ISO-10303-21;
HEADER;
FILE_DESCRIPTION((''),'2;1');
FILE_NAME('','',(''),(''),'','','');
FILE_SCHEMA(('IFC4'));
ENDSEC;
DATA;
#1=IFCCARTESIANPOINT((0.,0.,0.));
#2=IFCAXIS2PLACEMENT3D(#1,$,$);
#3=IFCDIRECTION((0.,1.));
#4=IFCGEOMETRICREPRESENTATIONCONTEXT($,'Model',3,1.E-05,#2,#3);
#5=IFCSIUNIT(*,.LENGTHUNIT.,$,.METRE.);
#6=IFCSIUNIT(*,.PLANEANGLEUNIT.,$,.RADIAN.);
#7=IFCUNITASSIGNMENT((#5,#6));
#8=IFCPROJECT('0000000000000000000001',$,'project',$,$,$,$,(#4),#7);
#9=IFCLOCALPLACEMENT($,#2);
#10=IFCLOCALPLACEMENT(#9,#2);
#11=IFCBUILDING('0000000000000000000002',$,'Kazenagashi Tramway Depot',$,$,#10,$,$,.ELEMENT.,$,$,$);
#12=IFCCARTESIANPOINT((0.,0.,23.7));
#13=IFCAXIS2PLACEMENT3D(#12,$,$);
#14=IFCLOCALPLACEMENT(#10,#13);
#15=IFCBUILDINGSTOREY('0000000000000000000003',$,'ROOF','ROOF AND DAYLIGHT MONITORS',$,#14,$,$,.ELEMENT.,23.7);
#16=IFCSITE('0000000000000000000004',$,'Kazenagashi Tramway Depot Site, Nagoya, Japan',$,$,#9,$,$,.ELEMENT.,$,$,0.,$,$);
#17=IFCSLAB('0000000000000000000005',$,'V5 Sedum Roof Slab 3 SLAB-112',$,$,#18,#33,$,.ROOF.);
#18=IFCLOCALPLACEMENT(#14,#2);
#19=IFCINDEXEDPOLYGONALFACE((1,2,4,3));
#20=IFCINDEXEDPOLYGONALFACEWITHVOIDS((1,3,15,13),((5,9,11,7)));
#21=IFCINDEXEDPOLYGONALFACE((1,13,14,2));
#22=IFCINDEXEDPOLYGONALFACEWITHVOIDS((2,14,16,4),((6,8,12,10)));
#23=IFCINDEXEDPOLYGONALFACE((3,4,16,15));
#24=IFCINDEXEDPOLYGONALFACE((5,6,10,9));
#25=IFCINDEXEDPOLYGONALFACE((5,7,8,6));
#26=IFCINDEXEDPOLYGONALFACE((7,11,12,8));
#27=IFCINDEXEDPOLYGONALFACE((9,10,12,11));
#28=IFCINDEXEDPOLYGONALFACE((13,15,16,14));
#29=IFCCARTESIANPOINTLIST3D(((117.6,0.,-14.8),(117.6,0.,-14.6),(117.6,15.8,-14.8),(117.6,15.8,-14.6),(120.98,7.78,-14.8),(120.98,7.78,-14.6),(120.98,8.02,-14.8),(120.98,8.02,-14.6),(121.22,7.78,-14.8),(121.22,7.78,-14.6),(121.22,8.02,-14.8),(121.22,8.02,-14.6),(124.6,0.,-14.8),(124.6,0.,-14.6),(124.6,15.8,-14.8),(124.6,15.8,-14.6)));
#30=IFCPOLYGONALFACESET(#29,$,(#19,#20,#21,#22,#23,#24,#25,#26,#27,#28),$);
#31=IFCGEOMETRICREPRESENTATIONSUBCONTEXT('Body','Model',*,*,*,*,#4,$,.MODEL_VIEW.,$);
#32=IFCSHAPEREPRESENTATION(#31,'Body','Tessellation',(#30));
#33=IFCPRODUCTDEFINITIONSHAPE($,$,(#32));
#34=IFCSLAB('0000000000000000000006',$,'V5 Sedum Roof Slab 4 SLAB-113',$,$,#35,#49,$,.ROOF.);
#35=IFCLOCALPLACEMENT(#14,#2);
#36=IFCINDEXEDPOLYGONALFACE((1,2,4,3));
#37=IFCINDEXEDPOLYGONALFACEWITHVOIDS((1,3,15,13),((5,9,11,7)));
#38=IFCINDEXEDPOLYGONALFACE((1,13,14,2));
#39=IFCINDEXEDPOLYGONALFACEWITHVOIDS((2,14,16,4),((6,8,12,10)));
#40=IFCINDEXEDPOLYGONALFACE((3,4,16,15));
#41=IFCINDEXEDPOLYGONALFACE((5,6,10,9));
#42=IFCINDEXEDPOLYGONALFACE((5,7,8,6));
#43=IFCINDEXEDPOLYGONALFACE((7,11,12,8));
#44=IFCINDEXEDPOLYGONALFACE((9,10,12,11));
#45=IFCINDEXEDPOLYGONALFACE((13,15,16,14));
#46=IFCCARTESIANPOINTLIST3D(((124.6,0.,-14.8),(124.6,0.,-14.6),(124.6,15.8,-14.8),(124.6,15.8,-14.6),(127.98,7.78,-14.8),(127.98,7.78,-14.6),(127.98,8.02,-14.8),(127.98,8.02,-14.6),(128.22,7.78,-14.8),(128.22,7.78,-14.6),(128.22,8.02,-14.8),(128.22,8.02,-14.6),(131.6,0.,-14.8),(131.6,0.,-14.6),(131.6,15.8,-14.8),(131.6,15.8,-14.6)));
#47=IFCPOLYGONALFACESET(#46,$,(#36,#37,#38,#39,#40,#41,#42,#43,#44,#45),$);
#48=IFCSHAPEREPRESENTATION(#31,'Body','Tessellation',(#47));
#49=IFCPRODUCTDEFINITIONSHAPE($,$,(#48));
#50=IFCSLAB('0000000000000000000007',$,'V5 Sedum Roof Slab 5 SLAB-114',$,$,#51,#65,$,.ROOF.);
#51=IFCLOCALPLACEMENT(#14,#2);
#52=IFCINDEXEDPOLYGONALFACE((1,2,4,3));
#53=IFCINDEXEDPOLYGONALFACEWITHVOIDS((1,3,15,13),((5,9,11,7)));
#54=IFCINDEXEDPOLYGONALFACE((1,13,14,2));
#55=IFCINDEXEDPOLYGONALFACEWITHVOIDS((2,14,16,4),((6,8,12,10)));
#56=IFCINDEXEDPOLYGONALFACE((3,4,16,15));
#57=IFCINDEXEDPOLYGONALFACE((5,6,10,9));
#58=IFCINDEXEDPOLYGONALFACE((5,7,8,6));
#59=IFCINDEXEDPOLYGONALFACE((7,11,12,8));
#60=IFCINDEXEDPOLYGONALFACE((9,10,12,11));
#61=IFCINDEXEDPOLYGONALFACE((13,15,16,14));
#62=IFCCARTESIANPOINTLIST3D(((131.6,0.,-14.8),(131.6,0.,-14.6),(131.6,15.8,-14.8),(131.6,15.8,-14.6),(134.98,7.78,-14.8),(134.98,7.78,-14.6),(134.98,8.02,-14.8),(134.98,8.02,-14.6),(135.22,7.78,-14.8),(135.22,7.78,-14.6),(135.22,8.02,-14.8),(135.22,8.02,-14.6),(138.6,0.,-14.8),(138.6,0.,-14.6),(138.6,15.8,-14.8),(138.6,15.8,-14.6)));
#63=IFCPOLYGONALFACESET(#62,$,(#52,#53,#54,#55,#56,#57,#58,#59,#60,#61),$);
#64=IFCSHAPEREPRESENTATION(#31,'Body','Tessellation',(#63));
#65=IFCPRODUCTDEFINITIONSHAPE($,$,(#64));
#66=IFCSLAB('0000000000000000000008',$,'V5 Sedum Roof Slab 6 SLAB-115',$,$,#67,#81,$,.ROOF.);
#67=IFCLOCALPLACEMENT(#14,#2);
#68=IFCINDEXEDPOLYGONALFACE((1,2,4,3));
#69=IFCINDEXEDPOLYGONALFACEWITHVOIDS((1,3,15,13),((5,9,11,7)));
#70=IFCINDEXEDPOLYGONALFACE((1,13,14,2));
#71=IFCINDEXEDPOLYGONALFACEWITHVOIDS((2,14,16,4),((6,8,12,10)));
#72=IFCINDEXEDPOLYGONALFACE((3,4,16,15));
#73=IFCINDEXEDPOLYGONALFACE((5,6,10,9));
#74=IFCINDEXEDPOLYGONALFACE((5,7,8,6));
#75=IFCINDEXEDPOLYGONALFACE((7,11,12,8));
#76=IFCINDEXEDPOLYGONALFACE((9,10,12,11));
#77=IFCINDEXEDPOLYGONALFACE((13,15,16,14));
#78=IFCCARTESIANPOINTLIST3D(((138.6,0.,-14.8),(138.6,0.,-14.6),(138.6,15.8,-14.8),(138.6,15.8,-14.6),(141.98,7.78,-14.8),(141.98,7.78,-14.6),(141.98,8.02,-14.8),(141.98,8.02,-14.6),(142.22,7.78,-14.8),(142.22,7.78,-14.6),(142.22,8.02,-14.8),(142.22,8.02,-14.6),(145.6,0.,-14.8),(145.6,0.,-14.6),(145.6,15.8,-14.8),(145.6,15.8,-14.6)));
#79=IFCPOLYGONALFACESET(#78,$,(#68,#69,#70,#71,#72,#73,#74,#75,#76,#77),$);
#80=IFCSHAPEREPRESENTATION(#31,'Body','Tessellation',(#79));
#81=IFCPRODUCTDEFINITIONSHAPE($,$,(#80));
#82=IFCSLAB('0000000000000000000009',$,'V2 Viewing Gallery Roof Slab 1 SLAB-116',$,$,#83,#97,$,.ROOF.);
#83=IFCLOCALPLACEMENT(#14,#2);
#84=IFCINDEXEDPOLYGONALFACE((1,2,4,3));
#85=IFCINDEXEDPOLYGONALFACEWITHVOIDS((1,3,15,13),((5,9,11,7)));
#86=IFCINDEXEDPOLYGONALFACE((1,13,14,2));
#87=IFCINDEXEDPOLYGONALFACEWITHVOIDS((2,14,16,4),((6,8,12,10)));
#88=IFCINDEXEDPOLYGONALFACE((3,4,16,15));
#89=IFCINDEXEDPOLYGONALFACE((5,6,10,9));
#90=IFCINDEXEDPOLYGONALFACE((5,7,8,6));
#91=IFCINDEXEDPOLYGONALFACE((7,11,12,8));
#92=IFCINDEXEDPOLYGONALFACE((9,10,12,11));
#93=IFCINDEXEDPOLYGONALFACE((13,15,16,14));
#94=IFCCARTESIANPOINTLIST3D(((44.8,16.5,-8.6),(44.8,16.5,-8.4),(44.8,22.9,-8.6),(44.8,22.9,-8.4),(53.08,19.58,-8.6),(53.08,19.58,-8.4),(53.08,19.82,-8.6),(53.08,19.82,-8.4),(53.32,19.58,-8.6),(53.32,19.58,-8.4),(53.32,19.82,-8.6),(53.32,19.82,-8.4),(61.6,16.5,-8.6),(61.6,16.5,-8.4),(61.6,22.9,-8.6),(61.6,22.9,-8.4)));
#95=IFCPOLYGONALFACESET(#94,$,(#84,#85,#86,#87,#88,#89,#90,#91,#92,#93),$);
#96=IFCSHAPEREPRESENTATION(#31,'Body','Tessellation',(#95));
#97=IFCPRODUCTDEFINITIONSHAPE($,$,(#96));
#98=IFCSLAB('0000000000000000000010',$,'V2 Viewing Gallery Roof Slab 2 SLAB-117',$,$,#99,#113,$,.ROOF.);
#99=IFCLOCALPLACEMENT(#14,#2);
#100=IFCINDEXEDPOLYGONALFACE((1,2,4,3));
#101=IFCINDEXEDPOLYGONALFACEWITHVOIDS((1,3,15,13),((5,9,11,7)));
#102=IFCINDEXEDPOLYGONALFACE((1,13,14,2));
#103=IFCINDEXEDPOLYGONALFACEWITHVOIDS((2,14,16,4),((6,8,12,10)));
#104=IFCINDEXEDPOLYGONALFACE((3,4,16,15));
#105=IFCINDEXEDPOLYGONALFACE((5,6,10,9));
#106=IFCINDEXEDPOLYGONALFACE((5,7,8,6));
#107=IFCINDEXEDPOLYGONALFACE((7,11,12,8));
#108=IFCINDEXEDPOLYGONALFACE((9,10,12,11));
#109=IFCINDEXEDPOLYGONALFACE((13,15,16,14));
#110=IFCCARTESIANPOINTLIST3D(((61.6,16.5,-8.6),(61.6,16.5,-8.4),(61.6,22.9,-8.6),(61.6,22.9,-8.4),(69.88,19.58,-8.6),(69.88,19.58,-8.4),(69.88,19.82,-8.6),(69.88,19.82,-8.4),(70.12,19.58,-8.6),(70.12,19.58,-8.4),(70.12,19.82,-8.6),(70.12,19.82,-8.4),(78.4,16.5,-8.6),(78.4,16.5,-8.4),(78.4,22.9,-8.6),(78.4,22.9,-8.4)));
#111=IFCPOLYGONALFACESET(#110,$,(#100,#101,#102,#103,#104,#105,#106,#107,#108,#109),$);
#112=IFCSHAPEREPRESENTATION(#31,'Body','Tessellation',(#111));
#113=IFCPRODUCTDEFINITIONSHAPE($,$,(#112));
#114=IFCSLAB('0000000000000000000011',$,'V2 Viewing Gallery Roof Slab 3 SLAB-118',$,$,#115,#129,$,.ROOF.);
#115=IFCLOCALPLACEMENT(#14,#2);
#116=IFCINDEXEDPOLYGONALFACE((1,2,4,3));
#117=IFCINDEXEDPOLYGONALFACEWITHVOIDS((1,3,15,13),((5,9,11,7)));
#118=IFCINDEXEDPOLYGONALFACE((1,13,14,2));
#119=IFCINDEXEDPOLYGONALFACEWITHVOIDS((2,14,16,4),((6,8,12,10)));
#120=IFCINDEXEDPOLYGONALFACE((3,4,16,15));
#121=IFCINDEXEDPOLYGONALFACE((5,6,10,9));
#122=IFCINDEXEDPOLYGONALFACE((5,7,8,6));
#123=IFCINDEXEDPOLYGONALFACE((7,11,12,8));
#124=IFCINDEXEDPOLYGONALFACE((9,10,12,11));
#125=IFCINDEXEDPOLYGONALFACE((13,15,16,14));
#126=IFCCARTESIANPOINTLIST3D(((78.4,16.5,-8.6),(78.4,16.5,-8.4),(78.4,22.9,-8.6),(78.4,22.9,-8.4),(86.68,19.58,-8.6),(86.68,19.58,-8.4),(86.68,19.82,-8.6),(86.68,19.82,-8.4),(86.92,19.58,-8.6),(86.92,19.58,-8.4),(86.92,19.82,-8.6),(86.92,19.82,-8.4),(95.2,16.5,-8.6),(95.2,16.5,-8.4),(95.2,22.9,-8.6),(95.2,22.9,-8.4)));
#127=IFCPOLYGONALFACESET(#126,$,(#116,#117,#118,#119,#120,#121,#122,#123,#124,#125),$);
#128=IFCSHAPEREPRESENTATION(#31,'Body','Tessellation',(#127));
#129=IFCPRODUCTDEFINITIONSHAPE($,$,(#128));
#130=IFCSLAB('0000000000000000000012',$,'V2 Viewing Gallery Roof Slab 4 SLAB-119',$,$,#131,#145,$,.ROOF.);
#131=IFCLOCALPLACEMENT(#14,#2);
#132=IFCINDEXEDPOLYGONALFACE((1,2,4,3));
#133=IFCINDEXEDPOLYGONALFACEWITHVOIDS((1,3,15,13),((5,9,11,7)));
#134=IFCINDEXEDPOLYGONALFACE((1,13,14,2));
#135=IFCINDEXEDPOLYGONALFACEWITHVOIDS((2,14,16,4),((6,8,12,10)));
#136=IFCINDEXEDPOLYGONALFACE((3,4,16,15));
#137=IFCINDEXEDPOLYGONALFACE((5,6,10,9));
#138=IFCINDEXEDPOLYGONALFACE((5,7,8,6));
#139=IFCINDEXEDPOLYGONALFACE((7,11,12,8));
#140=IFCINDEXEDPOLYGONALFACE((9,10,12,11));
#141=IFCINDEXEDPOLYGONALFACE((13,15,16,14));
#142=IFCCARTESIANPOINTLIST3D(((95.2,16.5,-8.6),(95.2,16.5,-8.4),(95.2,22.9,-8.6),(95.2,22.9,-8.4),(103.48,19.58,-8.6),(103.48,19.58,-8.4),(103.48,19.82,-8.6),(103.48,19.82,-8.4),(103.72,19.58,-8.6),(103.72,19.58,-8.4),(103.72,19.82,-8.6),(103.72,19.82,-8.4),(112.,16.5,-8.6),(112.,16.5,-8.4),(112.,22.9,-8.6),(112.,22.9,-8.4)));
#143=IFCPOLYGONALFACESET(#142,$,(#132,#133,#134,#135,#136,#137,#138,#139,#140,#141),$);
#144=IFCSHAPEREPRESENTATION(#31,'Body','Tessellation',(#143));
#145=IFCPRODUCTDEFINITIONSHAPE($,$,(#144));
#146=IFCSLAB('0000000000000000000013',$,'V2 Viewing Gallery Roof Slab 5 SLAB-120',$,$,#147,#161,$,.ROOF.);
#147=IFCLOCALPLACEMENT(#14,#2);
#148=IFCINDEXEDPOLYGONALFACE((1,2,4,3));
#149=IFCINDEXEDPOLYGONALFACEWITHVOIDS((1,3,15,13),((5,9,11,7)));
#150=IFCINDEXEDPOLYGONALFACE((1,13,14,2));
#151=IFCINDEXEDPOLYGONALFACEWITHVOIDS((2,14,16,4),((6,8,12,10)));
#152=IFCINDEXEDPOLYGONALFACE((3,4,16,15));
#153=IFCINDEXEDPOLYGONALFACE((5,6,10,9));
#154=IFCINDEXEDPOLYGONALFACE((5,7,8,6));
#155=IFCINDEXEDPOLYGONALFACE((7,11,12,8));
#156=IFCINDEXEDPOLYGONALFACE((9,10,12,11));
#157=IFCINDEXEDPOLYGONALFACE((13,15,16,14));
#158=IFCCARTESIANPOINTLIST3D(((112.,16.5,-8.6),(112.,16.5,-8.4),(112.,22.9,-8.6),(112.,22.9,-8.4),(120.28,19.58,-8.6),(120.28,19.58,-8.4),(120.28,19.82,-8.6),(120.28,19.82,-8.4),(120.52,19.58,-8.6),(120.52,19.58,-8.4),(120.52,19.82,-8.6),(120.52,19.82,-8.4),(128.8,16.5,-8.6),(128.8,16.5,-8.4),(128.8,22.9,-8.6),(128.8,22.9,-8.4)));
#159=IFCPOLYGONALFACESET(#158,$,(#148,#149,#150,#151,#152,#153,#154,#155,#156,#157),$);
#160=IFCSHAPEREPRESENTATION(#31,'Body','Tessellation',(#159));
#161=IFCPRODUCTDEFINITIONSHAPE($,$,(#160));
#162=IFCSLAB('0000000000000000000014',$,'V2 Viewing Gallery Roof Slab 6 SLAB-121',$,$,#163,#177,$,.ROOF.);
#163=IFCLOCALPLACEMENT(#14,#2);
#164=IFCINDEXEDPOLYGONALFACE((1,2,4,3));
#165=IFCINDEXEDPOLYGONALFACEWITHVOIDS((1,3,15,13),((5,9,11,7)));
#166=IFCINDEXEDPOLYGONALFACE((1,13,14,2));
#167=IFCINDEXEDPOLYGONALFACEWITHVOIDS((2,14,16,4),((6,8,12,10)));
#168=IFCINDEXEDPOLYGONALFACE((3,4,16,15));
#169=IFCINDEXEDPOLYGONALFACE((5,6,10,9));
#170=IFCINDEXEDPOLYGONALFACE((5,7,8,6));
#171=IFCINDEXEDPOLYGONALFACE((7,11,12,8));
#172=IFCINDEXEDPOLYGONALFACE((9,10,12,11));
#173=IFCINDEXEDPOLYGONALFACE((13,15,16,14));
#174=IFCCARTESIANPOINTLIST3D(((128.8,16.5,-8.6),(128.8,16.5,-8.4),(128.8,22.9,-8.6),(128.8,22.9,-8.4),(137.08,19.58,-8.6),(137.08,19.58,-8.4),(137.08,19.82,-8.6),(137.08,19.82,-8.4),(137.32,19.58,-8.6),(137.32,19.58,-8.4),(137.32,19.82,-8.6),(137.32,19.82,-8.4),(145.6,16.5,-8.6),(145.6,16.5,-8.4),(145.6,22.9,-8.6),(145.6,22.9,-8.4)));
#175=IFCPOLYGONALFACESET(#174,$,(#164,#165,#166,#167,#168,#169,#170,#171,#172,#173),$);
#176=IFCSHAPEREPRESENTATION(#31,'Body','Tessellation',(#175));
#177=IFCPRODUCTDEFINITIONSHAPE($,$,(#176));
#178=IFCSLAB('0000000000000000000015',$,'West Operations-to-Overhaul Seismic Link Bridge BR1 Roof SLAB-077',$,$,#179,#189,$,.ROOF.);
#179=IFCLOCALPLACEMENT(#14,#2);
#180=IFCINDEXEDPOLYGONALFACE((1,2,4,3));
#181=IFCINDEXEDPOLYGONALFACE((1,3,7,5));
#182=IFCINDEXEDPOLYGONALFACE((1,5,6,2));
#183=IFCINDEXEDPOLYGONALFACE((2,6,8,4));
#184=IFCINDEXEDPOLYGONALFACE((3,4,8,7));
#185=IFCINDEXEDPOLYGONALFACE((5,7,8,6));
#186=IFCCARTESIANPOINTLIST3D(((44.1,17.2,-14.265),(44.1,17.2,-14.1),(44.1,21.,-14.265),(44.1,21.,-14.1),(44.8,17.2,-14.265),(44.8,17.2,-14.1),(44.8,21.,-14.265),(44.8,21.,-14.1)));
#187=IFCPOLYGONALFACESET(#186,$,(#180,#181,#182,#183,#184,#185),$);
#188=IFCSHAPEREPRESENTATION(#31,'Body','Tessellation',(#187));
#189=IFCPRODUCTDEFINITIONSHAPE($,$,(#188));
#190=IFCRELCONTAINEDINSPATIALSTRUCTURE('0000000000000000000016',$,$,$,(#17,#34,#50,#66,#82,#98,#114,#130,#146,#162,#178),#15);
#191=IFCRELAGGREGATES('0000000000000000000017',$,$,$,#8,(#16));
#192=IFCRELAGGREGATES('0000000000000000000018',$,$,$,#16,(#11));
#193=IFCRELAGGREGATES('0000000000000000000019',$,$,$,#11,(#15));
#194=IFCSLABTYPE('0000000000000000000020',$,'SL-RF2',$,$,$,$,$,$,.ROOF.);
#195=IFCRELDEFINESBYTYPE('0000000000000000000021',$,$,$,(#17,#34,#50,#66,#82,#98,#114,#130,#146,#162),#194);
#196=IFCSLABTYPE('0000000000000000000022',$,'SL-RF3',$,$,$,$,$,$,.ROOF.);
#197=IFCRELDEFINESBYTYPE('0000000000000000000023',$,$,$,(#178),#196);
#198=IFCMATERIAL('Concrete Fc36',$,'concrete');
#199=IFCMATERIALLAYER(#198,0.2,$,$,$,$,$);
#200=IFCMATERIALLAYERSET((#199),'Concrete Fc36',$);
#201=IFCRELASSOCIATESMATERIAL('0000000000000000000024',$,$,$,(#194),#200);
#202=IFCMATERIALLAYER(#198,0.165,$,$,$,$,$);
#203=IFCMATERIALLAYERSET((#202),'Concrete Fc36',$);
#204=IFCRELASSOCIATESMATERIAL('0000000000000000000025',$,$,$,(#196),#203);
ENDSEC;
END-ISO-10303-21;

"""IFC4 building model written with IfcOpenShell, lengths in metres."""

from ifc_helpers import new_model, si_unit, direction, frame, origin, place, context, subcontext, project, spatial, polyline, outline, extrude, material, layer, layer_set, type_object, element, save


model = new_model("IFC4")

# Units and contexts
model_context = context("Model", 3, precision=1e-05, world=origin(), true_north=direction((0.0, 1.0)))
body_context = subcontext(model_context, "Body", "Model", "MODEL_VIEW")
ifc_project = project(units=[si_unit("LENGTHUNIT", "METRE"), si_unit("PLANEANGLEUNIT", "RADIAN")], contexts=[model_context])

# Site, building, storey
site_placement = place(None, origin())
site = spatial("IfcSite", under=ifc_project, at=site_placement, Name="Kazenagashi Tramway Depot Site, Nagoya, Japan", CompositionType="ELEMENT", RefElevation=0.0)
building_placement = place(site_placement, origin())
building = spatial("IfcBuilding", under=site, at=building_placement, Name="Kazenagashi Tramway Depot", CompositionType="ELEMENT")
storey_placement = place(building_placement, frame((0.0, 0.0, 23.7)))
storey = spatial("IfcBuildingStorey", under=building, at=storey_placement, Name="ROOF", Description="ROOF AND DAYLIGHT MONITORS", CompositionType="ELEMENT", Elevation=23.7)

# Slabs
ifc_material_1 = material(Name="Concrete Fc36", Category="concrete")
ifc_layer_1 = layer(ifc_material_1, 0.2)
ifc_layer_set_1 = layer_set([ifc_layer_1], Name="Concrete Fc36")
slab_type_1 = type_object("IfcSlabType", Name="SL-RF2", PredefinedType="ROOF", material=ifc_layer_set_1)
slab_1_placement = place(storey_placement, frame((0.0, 0.0, -14.8)))
element("IfcSlab", 1, at=slab_1_placement, inside=storey, type_object=slab_type_1, Name="V5 Sedum Roof Slab 3 SLAB-112", PredefinedType="ROOF", context=body_context, shape_type="SweptSolid", body=[
    extrude(outline(polyline([(117.6, 0.0), (124.6, 0.0), (124.6, 15.8), (117.6, 15.8), (117.6, 0.0)]), holes=[polyline([(120.98, 7.78), (121.22, 7.78), (121.22, 8.02), (120.98, 8.02), (120.98, 7.78)])]), origin(), (0.0, 0.0, 1.0), 0.2),
])
slab_2_placement = place(storey_placement, frame((0.0, 0.0, -14.8)))
element("IfcSlab", 2, at=slab_2_placement, inside=storey, type_object=slab_type_1, Name="V5 Sedum Roof Slab 4 SLAB-113", PredefinedType="ROOF", context=body_context, shape_type="SweptSolid", body=[
    extrude(outline(polyline([(124.6, 0.0), (131.6, 0.0), (131.6, 15.8), (124.6, 15.8), (124.6, 0.0)]), holes=[polyline([(127.98, 7.78), (128.22, 7.78), (128.22, 8.02), (127.98, 8.02), (127.98, 7.78)])]), origin(), (0.0, 0.0, 1.0), 0.2),
])
slab_3_placement = place(storey_placement, frame((0.0, 0.0, -14.8)))
element("IfcSlab", 3, at=slab_3_placement, inside=storey, type_object=slab_type_1, Name="V5 Sedum Roof Slab 5 SLAB-114", PredefinedType="ROOF", context=body_context, shape_type="SweptSolid", body=[
    extrude(outline(polyline([(131.6, 0.0), (138.6, 0.0), (138.6, 15.8), (131.6, 15.8), (131.6, 0.0)]), holes=[polyline([(134.98, 7.78), (135.22, 7.78), (135.22, 8.02), (134.98, 8.02), (134.98, 7.78)])]), origin(), (0.0, 0.0, 1.0), 0.2),
])
slab_4_placement = place(storey_placement, frame((0.0, 0.0, -14.8)))
element("IfcSlab", 4, at=slab_4_placement, inside=storey, type_object=slab_type_1, Name="V5 Sedum Roof Slab 6 SLAB-115", PredefinedType="ROOF", context=body_context, shape_type="SweptSolid", body=[
    extrude(outline(polyline([(138.6, 0.0), (145.6, 0.0), (145.6, 15.8), (138.6, 15.8), (138.6, 0.0)]), holes=[polyline([(141.98, 7.78), (142.22, 7.78), (142.22, 8.02), (141.98, 8.02), (141.98, 7.78)])]), origin(), (0.0, 0.0, 1.0), 0.2),
])
slab_5_placement = place(storey_placement, frame((0.0, 0.0, -8.6)))
element("IfcSlab", 5, at=slab_5_placement, inside=storey, type_object=slab_type_1, Name="V2 Viewing Gallery Roof Slab 1 SLAB-116", PredefinedType="ROOF", context=body_context, shape_type="SweptSolid", body=[
    extrude(outline(polyline([(44.8, 16.5), (61.6, 16.5), (61.6, 22.9), (44.8, 22.9), (44.8, 16.5)]), holes=[polyline([(53.08, 19.58), (53.32, 19.58), (53.32, 19.82), (53.08, 19.82), (53.08, 19.58)])]), origin(), (0.0, 0.0, 1.0), 0.2),
])
slab_6_placement = place(storey_placement, frame((0.0, 0.0, -8.6)))
element("IfcSlab", 6, at=slab_6_placement, inside=storey, type_object=slab_type_1, Name="V2 Viewing Gallery Roof Slab 2 SLAB-117", PredefinedType="ROOF", context=body_context, shape_type="SweptSolid", body=[
    extrude(outline(polyline([(61.6, 16.5), (78.4, 16.5), (78.4, 22.9), (61.6, 22.9), (61.6, 16.5)]), holes=[polyline([(69.88, 19.58), (70.12, 19.58), (70.12, 19.82), (69.88, 19.82), (69.88, 19.58)])]), origin(), (0.0, 0.0, 1.0), 0.2),
])
slab_7_placement = place(storey_placement, frame((0.0, 0.0, -8.6)))
element("IfcSlab", 7, at=slab_7_placement, inside=storey, type_object=slab_type_1, Name="V2 Viewing Gallery Roof Slab 3 SLAB-118", PredefinedType="ROOF", context=body_context, shape_type="SweptSolid", body=[
    extrude(outline(polyline([(78.4, 16.5), (95.2, 16.5), (95.2, 22.9), (78.4, 22.9), (78.4, 16.5)]), holes=[polyline([(86.68, 19.58), (86.92, 19.58), (86.92, 19.82), (86.68, 19.82), (86.68, 19.58)])]), origin(), (0.0, 0.0, 1.0), 0.2),
])
slab_8_placement = place(storey_placement, frame((0.0, 0.0, -8.6)))
element("IfcSlab", 8, at=slab_8_placement, inside=storey, type_object=slab_type_1, Name="V2 Viewing Gallery Roof Slab 4 SLAB-119", PredefinedType="ROOF", context=body_context, shape_type="SweptSolid", body=[
    extrude(outline(polyline([(95.2, 16.5), (112.0, 16.5), (112.0, 22.9), (95.2, 22.9), (95.2, 16.5)]), holes=[polyline([(103.48, 19.58), (103.72, 19.58), (103.72, 19.82), (103.48, 19.82), (103.48, 19.58)])]), origin(), (0.0, 0.0, 1.0), 0.2),
])
slab_9_placement = place(storey_placement, frame((0.0, 0.0, -8.6)))
element("IfcSlab", 9, at=slab_9_placement, inside=storey, type_object=slab_type_1, Name="V2 Viewing Gallery Roof Slab 5 SLAB-120", PredefinedType="ROOF", context=body_context, shape_type="SweptSolid", body=[
    extrude(outline(polyline([(112.0, 16.5), (128.8, 16.5), (128.8, 22.9), (112.0, 22.9), (112.0, 16.5)]), holes=[polyline([(120.28, 19.58), (120.52, 19.58), (120.52, 19.82), (120.28, 19.82), (120.28, 19.58)])]), origin(), (0.0, 0.0, 1.0), 0.2),
])
slab_10_placement = place(storey_placement, frame((0.0, 0.0, -8.6)))
element("IfcSlab", 10, at=slab_10_placement, inside=storey, type_object=slab_type_1, Name="V2 Viewing Gallery Roof Slab 6 SLAB-121", PredefinedType="ROOF", context=body_context, shape_type="SweptSolid", body=[
    extrude(outline(polyline([(128.8, 16.5), (145.6, 16.5), (145.6, 22.9), (128.8, 22.9), (128.8, 16.5)]), holes=[polyline([(137.08, 19.58), (137.32, 19.58), (137.32, 19.82), (137.08, 19.82), (137.08, 19.58)])]), origin(), (0.0, 0.0, 1.0), 0.2),
])
ifc_layer_2 = layer(ifc_material_1, 0.165)
ifc_layer_set_2 = layer_set([ifc_layer_2], Name="Concrete Fc36")
slab_type_2 = type_object("IfcSlabType", Name="SL-RF3", PredefinedType="ROOF", material=ifc_layer_set_2)
slab_11_placement = place(storey_placement, frame((0.0, 0.0, -14.265)))
element("IfcSlab", 11, at=slab_11_placement, inside=storey, type_object=slab_type_2, Name="West Operations-to-Overhaul Seismic Link Bridge BR1 Roof SLAB-077", PredefinedType="ROOF", context=body_context, shape_type="SweptSolid", body=[
    extrude(outline(polyline([(44.1, 17.2), (44.8, 17.2), (44.8, 21.0), (44.1, 21.0), (44.1, 17.2)])), origin(), (0.0, 0.0, 1.0), 0.165),
])

save(model, "model.ifc")
